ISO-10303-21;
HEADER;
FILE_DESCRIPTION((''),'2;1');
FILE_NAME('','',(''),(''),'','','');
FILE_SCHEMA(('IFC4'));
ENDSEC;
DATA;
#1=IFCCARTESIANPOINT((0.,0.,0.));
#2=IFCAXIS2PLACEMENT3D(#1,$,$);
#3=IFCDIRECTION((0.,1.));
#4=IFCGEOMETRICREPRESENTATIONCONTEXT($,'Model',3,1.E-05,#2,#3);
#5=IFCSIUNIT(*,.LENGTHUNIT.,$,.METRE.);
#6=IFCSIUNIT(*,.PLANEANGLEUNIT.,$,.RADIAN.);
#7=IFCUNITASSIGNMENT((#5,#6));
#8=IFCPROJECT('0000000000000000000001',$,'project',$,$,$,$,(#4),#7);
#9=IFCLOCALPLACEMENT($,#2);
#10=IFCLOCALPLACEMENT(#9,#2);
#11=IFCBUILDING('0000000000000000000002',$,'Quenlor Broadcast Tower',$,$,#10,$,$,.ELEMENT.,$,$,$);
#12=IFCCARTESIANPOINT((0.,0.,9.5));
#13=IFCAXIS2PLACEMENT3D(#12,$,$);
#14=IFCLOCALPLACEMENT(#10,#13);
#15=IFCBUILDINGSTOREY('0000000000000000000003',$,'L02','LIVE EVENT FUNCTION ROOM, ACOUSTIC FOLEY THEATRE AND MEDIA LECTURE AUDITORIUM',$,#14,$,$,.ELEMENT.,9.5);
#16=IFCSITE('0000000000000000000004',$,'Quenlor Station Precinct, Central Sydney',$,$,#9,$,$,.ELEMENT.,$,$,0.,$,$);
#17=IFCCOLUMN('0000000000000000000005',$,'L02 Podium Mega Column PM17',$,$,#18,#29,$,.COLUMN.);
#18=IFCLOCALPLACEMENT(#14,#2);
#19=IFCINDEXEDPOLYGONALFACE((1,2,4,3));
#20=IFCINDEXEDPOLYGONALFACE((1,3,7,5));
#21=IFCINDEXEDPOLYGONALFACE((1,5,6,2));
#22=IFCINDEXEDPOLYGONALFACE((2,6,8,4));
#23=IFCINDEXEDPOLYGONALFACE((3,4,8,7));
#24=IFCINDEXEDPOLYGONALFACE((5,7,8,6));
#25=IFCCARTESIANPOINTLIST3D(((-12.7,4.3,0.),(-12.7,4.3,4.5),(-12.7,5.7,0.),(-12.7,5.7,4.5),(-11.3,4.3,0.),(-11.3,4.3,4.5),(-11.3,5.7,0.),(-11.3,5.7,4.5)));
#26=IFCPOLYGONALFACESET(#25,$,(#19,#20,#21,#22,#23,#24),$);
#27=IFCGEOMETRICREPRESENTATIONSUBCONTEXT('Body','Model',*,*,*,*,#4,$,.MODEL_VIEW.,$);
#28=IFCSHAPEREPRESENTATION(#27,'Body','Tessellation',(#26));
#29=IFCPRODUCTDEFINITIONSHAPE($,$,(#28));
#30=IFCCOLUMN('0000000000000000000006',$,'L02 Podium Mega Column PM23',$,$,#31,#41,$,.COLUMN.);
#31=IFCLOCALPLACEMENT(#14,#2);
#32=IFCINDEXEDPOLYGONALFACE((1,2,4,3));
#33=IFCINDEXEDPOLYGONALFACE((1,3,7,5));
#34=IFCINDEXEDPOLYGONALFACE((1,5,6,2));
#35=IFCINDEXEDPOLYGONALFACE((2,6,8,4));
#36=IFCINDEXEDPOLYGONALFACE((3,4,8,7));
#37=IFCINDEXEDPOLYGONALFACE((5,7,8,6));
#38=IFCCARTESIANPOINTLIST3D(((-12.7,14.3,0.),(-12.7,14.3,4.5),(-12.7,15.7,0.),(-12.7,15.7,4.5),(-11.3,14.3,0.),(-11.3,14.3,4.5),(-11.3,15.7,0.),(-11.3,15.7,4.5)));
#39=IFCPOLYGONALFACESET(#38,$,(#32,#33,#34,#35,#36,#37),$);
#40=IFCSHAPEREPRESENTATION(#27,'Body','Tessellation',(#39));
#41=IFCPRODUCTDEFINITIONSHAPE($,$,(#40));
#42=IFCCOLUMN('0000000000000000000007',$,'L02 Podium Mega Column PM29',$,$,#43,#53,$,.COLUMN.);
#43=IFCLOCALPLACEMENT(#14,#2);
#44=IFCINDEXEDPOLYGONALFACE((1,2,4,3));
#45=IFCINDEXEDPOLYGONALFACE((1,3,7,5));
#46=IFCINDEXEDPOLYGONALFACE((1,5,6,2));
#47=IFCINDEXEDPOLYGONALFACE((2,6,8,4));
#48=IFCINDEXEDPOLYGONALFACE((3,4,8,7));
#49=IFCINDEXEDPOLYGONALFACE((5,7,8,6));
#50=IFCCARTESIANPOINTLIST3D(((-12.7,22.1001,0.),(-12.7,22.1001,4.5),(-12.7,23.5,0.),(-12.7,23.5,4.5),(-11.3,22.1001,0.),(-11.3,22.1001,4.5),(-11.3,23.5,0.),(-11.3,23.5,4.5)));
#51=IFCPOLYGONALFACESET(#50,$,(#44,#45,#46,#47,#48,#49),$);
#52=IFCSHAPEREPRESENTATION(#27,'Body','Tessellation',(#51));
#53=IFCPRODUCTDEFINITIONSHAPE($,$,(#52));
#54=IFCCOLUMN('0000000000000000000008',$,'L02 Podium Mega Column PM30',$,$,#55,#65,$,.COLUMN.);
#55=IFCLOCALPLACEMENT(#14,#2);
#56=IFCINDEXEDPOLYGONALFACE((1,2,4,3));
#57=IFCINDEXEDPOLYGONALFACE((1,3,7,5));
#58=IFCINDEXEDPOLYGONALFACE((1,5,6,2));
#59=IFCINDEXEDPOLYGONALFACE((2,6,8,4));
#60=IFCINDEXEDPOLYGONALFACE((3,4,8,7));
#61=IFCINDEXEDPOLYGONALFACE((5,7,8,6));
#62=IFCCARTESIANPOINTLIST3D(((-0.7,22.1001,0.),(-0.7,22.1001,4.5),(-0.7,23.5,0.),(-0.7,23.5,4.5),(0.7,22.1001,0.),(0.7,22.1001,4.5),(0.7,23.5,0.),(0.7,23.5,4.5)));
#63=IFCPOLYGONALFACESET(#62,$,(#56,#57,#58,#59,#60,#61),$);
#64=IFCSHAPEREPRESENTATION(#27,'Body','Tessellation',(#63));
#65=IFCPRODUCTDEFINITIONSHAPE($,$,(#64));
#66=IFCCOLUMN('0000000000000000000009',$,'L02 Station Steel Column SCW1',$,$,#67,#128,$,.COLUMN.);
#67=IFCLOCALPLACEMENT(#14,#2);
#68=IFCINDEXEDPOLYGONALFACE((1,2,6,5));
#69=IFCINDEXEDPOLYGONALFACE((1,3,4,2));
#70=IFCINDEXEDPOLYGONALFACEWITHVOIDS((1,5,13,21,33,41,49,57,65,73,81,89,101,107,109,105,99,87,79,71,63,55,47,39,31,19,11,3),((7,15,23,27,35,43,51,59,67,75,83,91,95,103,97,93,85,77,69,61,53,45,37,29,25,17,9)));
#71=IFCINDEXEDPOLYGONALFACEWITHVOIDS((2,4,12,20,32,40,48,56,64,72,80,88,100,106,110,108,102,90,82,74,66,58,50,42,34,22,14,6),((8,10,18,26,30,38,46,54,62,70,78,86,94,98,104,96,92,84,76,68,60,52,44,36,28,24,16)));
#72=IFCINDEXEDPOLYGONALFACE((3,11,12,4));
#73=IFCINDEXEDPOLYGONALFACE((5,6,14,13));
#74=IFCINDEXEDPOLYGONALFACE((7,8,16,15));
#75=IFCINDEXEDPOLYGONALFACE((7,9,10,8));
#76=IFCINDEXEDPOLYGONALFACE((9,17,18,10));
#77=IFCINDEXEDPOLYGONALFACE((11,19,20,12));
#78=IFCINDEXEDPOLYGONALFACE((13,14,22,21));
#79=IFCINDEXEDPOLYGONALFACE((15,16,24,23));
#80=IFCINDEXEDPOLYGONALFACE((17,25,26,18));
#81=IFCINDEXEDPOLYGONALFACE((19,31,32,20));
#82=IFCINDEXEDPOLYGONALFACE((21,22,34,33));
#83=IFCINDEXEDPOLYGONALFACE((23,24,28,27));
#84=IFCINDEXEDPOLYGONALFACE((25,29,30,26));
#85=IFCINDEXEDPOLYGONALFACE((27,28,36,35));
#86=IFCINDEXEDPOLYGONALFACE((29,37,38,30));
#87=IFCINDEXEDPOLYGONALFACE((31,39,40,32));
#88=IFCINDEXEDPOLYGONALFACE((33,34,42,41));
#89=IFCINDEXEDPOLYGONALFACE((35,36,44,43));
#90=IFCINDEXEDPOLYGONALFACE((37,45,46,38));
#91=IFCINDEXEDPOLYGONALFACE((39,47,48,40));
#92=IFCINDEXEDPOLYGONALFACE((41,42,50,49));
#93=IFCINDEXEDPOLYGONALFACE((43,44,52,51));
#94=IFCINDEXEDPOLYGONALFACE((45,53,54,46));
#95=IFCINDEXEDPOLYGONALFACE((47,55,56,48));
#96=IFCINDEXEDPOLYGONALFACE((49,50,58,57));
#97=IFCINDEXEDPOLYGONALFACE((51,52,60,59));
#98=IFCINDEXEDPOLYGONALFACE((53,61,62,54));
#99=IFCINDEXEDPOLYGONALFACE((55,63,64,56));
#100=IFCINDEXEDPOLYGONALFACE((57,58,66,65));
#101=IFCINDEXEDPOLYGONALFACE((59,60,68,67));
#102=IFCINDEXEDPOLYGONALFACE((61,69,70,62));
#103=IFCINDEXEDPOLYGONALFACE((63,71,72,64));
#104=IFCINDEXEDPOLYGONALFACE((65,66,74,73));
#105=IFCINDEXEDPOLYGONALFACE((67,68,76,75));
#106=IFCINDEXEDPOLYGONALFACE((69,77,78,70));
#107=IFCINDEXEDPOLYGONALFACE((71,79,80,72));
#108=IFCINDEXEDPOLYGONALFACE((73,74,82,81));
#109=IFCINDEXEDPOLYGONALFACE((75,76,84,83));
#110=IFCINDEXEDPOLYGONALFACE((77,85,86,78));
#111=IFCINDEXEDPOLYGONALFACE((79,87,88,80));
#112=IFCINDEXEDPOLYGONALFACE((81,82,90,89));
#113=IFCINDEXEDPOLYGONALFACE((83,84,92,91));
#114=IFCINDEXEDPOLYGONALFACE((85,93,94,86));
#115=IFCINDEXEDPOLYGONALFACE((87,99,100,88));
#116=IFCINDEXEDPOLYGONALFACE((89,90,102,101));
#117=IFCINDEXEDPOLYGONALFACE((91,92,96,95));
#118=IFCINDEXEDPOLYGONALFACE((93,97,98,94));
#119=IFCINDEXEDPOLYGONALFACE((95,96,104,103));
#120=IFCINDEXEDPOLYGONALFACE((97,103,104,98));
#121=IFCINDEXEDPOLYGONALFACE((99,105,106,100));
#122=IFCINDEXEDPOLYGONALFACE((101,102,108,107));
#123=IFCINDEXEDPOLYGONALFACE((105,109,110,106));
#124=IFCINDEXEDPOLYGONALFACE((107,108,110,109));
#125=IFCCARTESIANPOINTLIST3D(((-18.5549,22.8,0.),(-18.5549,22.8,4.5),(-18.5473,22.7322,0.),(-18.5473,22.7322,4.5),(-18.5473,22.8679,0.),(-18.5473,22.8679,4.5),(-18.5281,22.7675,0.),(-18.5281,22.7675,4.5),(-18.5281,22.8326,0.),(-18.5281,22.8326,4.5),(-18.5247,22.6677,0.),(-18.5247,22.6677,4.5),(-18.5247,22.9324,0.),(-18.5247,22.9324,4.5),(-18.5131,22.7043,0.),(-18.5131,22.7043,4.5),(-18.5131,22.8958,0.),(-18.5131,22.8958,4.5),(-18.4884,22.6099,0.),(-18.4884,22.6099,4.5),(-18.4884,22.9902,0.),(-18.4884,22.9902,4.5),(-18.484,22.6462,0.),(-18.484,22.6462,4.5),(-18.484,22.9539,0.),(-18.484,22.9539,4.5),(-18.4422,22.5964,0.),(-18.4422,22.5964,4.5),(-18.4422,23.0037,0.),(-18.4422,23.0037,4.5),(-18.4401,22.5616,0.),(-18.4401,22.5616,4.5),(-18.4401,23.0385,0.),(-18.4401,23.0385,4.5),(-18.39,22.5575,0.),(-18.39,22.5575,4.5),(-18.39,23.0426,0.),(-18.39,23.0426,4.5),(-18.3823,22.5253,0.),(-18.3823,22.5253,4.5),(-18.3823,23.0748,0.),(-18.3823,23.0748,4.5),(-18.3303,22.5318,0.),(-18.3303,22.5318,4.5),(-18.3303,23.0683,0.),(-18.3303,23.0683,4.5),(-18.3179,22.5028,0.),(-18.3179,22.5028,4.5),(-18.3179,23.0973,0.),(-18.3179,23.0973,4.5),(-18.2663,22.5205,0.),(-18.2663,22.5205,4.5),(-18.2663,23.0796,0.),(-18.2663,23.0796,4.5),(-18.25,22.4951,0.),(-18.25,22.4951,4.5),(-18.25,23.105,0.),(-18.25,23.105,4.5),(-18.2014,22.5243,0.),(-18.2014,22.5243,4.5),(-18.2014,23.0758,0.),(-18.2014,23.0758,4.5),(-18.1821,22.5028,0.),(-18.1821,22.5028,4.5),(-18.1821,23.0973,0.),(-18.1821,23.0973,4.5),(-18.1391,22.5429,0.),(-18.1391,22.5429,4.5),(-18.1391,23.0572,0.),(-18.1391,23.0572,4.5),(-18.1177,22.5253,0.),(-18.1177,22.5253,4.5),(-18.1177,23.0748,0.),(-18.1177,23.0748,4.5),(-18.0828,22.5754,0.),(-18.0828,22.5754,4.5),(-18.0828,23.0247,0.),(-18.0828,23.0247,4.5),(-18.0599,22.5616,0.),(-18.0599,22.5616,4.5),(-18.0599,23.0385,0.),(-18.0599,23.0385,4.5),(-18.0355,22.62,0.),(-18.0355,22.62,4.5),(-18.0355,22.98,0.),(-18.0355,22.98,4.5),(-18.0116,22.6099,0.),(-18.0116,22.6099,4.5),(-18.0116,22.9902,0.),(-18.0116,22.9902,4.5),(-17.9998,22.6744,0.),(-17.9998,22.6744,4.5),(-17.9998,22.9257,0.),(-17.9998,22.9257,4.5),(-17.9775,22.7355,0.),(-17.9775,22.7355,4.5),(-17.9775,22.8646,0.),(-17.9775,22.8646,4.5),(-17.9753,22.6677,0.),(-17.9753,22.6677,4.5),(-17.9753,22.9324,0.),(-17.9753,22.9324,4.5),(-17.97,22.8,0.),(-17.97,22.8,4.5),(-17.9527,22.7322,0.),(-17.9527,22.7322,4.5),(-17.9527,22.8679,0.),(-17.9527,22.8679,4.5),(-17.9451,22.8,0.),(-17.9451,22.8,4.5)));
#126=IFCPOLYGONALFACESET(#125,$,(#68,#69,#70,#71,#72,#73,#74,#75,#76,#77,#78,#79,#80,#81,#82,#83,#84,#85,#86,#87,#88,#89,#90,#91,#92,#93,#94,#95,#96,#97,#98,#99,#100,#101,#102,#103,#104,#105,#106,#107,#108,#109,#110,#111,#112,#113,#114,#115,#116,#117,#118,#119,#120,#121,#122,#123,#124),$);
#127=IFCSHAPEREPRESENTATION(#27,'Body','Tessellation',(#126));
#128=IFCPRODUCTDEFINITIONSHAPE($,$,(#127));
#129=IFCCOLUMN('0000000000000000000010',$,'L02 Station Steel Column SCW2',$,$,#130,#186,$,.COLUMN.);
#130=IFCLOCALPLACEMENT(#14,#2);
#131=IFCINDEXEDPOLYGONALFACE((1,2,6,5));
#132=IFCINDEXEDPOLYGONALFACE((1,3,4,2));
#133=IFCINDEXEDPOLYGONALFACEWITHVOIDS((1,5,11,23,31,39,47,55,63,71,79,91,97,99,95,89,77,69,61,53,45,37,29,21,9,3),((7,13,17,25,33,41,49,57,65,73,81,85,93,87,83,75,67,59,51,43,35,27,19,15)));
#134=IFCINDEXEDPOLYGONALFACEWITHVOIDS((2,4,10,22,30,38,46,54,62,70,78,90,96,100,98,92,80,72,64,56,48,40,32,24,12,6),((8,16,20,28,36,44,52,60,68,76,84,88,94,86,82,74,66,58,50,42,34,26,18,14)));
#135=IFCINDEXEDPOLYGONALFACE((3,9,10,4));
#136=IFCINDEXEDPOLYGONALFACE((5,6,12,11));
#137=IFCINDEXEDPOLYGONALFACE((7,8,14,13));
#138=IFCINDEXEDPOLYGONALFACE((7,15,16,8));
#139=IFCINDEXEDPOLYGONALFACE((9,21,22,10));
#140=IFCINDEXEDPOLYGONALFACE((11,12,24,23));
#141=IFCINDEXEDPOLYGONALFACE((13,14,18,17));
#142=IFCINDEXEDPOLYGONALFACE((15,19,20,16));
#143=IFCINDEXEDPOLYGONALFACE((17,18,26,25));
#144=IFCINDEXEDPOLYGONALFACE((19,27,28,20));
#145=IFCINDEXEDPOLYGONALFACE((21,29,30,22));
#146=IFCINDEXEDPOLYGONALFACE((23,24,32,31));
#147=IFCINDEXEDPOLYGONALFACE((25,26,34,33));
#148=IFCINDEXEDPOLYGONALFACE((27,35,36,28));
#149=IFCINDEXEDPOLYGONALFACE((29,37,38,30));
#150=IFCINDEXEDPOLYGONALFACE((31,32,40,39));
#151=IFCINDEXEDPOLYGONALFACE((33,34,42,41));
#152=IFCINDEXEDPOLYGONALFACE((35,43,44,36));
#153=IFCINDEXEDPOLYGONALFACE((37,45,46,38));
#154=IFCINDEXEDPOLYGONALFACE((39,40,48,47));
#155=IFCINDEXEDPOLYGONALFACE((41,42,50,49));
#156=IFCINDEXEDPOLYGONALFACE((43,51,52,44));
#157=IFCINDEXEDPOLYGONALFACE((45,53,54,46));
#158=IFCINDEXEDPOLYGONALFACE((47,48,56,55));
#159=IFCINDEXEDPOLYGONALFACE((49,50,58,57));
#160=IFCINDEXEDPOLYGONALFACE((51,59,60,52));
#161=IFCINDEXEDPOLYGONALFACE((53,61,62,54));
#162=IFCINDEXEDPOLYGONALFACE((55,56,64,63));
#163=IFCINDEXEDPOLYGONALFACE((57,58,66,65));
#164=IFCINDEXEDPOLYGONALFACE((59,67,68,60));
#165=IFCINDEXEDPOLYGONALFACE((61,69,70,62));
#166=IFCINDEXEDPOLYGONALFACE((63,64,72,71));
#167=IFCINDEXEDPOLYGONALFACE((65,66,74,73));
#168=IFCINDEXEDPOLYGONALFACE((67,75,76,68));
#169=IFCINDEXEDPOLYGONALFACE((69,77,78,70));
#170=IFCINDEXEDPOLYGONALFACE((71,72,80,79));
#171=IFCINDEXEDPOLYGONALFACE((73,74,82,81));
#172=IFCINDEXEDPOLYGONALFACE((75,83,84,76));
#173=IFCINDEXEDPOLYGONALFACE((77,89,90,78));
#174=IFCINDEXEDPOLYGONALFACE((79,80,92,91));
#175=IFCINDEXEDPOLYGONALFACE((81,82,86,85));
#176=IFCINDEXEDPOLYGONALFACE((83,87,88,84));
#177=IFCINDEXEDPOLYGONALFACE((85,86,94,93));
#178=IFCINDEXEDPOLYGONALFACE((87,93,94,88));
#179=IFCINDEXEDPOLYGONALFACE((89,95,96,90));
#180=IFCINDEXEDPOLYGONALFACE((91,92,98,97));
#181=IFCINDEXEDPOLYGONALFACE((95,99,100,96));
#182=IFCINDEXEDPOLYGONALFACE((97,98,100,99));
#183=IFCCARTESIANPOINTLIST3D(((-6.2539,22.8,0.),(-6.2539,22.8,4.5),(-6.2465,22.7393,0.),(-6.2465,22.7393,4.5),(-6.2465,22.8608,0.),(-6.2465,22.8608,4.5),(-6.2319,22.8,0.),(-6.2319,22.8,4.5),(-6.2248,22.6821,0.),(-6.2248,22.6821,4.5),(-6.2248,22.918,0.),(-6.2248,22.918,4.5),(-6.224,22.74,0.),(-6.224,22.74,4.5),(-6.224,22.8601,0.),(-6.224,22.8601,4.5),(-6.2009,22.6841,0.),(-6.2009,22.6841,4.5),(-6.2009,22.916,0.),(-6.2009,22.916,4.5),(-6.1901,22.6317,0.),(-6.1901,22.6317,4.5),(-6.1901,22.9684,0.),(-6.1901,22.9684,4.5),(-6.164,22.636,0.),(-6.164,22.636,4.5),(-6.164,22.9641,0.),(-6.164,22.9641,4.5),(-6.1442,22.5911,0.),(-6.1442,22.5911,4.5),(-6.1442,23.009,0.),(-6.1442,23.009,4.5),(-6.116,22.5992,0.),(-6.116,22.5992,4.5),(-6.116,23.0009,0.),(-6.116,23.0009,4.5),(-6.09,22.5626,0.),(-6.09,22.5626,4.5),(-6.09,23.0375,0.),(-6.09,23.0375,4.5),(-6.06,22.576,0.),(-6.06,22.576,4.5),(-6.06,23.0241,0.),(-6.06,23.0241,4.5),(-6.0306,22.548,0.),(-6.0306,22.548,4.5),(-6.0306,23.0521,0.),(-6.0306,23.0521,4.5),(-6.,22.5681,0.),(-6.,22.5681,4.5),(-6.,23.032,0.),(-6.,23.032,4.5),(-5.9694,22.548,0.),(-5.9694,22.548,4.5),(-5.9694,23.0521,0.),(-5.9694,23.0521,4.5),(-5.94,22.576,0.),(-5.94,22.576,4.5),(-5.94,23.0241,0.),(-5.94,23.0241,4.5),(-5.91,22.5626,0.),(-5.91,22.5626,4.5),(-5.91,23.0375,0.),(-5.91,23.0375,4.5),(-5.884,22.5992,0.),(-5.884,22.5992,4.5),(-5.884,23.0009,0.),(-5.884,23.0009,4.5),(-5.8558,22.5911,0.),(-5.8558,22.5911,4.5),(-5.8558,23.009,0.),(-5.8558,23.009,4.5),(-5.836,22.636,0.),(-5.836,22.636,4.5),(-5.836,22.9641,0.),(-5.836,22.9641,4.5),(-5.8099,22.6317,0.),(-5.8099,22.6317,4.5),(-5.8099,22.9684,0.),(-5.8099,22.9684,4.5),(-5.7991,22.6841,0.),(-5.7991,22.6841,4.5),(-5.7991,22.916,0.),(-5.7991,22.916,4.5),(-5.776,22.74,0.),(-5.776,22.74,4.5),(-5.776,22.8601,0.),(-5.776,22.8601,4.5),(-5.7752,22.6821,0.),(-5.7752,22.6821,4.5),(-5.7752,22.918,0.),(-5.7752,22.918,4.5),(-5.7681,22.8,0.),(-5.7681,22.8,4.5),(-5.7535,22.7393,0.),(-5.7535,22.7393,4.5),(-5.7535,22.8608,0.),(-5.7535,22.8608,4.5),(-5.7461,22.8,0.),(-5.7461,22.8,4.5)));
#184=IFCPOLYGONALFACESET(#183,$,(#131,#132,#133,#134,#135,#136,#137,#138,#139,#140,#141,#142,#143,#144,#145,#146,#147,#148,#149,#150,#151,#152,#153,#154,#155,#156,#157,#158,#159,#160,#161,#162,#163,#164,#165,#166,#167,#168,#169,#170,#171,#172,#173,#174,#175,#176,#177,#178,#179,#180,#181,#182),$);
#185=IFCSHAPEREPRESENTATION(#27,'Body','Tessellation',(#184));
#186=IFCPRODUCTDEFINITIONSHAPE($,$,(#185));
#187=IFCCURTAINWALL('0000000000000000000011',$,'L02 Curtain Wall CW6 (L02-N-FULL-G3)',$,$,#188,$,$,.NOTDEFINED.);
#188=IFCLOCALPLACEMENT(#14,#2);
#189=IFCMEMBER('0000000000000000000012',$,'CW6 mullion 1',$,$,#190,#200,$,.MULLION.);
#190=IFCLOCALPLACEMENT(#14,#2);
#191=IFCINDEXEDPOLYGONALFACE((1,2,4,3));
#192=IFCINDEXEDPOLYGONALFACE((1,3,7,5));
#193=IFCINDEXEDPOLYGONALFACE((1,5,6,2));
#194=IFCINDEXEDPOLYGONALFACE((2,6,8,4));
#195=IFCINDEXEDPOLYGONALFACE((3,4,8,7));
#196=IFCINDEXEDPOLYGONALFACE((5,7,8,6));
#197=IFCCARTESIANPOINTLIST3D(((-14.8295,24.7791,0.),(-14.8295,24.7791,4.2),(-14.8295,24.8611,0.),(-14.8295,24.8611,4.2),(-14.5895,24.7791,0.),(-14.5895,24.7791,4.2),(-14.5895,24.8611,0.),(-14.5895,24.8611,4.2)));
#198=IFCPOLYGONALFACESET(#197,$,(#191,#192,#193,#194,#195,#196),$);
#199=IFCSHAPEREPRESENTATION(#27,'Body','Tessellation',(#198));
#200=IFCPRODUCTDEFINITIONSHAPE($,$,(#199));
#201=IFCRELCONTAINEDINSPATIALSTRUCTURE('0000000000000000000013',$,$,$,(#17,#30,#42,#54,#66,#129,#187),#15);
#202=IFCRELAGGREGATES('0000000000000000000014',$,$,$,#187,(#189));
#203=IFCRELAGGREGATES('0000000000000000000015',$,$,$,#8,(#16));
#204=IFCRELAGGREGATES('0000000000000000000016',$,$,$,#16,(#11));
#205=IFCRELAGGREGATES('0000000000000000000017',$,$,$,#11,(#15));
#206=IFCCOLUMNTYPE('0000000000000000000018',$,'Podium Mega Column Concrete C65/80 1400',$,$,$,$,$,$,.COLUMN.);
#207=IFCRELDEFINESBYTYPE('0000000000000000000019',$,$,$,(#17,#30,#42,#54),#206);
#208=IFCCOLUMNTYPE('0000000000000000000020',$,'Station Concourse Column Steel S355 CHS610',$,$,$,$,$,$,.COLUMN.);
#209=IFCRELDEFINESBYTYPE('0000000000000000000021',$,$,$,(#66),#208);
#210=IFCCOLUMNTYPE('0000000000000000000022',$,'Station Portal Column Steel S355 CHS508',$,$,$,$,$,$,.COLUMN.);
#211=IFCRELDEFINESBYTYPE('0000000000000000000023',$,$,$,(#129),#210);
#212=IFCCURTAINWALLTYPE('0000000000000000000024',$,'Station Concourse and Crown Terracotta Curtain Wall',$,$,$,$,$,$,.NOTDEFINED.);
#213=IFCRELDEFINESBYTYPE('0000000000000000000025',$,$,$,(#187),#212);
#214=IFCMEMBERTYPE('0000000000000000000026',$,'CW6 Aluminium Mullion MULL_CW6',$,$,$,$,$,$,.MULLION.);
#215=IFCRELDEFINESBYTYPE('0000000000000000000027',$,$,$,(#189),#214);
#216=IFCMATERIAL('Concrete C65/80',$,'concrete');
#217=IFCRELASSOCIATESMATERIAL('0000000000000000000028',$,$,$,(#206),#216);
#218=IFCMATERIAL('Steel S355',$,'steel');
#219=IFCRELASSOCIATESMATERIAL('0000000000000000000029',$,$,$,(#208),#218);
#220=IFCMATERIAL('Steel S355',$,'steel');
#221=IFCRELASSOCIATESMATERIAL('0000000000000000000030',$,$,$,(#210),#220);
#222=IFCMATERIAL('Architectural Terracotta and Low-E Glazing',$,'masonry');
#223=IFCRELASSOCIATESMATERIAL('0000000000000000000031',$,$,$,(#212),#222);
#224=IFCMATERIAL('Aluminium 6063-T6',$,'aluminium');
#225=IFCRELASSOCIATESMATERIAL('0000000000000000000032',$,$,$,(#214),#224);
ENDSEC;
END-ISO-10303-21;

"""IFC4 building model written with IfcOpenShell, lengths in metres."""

from ifc_helpers import new_model, si_unit, direction, frame, origin, origin_2d, place, context, subcontext, project, spatial, rectangle, hollow_circle, extrude, material, material_profile, profile_set, type_object, element, aggregate, save


model = new_model("IFC4")

# Units and contexts
model_context = context("Model", 3, precision=1e-05, world=origin(), true_north=direction((0.0, 1.0)))
body_context = subcontext(model_context, "Body", "Model", "MODEL_VIEW")
ifc_project = project(units=[si_unit("LENGTHUNIT", "METRE"), si_unit("PLANEANGLEUNIT", "RADIAN")], contexts=[model_context])

# Site, building, storey
site_placement = place(None, origin())
site = spatial("IfcSite", under=ifc_project, at=site_placement, Name="Quenlor Station Precinct, Central Sydney", CompositionType="ELEMENT", RefElevation=0.0)
building_placement = place(site_placement, origin())
building = spatial("IfcBuilding", under=site, at=building_placement, Name="Quenlor Broadcast Tower", CompositionType="ELEMENT")
storey_placement = place(building_placement, frame((0.0, 0.0, 9.5)))
storey = spatial("IfcBuildingStorey", under=building, at=storey_placement, Name="L02", Description="LIVE EVENT FUNCTION ROOM, ACOUSTIC FOLEY THEATRE AND MEDIA LECTURE AUDITORIUM", CompositionType="ELEMENT", Elevation=9.5)

# Columns
ifc_material_1 = material(Name="Concrete C65/80", Category="concrete")
ifc_material_profile_1 = material_profile(ifc_material_1, rectangle(XDim=1.3999, YDim=1.3999, at=origin_2d()))
ifc_profile_set_1 = profile_set([ifc_material_profile_1], Name="Concrete C65/80 RC1400x1400")
column_type_1 = type_object("IfcColumnType", Name="Podium Mega Column Concrete C65/80 1400", PredefinedType="COLUMN", material=ifc_profile_set_1)
for number, where, z_axis, x_axis, name in (
    (1, (-12.0, 5.0, 0.0), (0.0, 0.0, 1.0), (1.0, 0.0, 0.0), "L02 Podium Mega Column PM17"),
    (2, (-12.0, 15.0, 0.0), (0.0, 0.0, 1.0), (1.0, 0.0, 0.0), "L02 Podium Mega Column PM23"),
    (3, (-12.0, 22.8, 0.0), (0.0, 0.0, 1.0), (1.0, 0.0, 0.0), "L02 Podium Mega Column PM29"),
    (4, (0.0, 22.8, 0.0), (0.0, 0.0, 1.0), (1.0, 0.0, 0.0), "L02 Podium Mega Column PM30"),
):
    element("IfcColumn", number, at=place(storey_placement, frame(where, z_axis=z_axis, x_axis=x_axis)), inside=storey, type_object=column_type_1, Name=name, PredefinedType="COLUMN", context=body_context, shape_type="SweptSolid", body=[
        extrude(rectangle(XDim=1.3999, YDim=1.3999, at=origin_2d()), origin(), (0.0, 0.0, 1.0), 4.5),
    ])
ifc_material_2 = material(Name="Steel S355", Category="steel")
ifc_material_profile_2 = material_profile(ifc_material_2, hollow_circle(Radius=0.3049, WallThickness=0.0249, at=origin_2d()))
ifc_profile_set_2 = profile_set([ifc_material_profile_2], Name="Steel S355 CHS610x25")
column_type_2 = type_object("IfcColumnType", Name="Station Concourse Column Steel S355 CHS610", PredefinedType="COLUMN", material=ifc_profile_set_2)
column_1_placement = place(storey_placement, frame((-18.25, 22.8, 0.0), z_axis=(0.0, 0.0, 1.0), x_axis=(1.0, 0.0, 0.0)))
element("IfcColumn", 5, at=column_1_placement, inside=storey, type_object=column_type_2, Name="L02 Station Steel Column SCW1", PredefinedType="COLUMN", context=body_context, shape_type="SweptSolid", body=[
    extrude(hollow_circle(Radius=0.3049, WallThickness=0.0249, at=origin_2d()), origin(), (0.0, 0.0, 1.0), 4.5),
])
ifc_material_3 = material(Name="Steel S355", Category="steel")
ifc_material_profile_3 = material_profile(ifc_material_3, hollow_circle(Radius=0.2539, WallThickness=0.022, at=origin_2d()))
ifc_profile_set_3 = profile_set([ifc_material_profile_3], Name="Steel S355 CHS508x22")
column_type_3 = type_object("IfcColumnType", Name="Station Portal Column Steel S355 CHS508", PredefinedType="COLUMN", material=ifc_profile_set_3)
column_2_placement = place(storey_placement, frame((-6.0, 22.8, 0.0), z_axis=(0.0, 0.0, 1.0), x_axis=(1.0, 0.0, 0.0)))
element("IfcColumn", 6, at=column_2_placement, inside=storey, type_object=column_type_3, Name="L02 Station Steel Column SCW2", PredefinedType="COLUMN", context=body_context, shape_type="SweptSolid", body=[
    extrude(hollow_circle(Radius=0.2539, WallThickness=0.022, at=origin_2d()), origin(), (0.0, 0.0, 1.0), 4.5),
])

# Curtain wall, member
ifc_material_4 = material(Name="Architectural Terracotta and Low-E Glazing", Category="masonry")
curtain_wall_type = type_object("IfcCurtainWallType", Name="Station Concourse and Crown Terracotta Curtain Wall", PredefinedType="NOTDEFINED", material=ifc_material_4)
curtain_wall_placement = place(storey_placement, origin())
curtain_wall = element("IfcCurtainWall", 7, at=curtain_wall_placement, inside=storey, type_object=curtain_wall_type, Name="L02 Curtain Wall CW6 (L02-N-FULL-G3)", PredefinedType="NOTDEFINED")
ifc_material_5 = material(Name="Aluminium 6063-T6", Category="aluminium")
ifc_material_profile_4 = material_profile(ifc_material_5, rectangle(XDim=0.082, YDim=0.24, at=origin_2d()))
ifc_profile_set_4 = profile_set([ifc_material_profile_4], Name="Aluminium 6063-T6 MULL82x240")
member_type = type_object("IfcMemberType", Name="CW6 Aluminium Mullion MULL_CW6", PredefinedType="MULLION", material=ifc_profile_set_4)
member_placement = place(storey_placement, frame((-14.7095, 24.8201, 0.0), z_axis=(0.0, 0.0, 1.0), x_axis=(0.0, 1.0, 0.0)))
member = element("IfcMember", 8, at=member_placement, type_object=member_type, Name="CW6 mullion 1", PredefinedType="MULLION", context=body_context, shape_type="SweptSolid", body=[
    extrude(rectangle(XDim=0.082, YDim=0.24, at=origin_2d()), origin(), (0.0, 0.0, 1.0), 4.2),
])
aggregate(curtain_wall, [member])

save(model, "model.ifc")
